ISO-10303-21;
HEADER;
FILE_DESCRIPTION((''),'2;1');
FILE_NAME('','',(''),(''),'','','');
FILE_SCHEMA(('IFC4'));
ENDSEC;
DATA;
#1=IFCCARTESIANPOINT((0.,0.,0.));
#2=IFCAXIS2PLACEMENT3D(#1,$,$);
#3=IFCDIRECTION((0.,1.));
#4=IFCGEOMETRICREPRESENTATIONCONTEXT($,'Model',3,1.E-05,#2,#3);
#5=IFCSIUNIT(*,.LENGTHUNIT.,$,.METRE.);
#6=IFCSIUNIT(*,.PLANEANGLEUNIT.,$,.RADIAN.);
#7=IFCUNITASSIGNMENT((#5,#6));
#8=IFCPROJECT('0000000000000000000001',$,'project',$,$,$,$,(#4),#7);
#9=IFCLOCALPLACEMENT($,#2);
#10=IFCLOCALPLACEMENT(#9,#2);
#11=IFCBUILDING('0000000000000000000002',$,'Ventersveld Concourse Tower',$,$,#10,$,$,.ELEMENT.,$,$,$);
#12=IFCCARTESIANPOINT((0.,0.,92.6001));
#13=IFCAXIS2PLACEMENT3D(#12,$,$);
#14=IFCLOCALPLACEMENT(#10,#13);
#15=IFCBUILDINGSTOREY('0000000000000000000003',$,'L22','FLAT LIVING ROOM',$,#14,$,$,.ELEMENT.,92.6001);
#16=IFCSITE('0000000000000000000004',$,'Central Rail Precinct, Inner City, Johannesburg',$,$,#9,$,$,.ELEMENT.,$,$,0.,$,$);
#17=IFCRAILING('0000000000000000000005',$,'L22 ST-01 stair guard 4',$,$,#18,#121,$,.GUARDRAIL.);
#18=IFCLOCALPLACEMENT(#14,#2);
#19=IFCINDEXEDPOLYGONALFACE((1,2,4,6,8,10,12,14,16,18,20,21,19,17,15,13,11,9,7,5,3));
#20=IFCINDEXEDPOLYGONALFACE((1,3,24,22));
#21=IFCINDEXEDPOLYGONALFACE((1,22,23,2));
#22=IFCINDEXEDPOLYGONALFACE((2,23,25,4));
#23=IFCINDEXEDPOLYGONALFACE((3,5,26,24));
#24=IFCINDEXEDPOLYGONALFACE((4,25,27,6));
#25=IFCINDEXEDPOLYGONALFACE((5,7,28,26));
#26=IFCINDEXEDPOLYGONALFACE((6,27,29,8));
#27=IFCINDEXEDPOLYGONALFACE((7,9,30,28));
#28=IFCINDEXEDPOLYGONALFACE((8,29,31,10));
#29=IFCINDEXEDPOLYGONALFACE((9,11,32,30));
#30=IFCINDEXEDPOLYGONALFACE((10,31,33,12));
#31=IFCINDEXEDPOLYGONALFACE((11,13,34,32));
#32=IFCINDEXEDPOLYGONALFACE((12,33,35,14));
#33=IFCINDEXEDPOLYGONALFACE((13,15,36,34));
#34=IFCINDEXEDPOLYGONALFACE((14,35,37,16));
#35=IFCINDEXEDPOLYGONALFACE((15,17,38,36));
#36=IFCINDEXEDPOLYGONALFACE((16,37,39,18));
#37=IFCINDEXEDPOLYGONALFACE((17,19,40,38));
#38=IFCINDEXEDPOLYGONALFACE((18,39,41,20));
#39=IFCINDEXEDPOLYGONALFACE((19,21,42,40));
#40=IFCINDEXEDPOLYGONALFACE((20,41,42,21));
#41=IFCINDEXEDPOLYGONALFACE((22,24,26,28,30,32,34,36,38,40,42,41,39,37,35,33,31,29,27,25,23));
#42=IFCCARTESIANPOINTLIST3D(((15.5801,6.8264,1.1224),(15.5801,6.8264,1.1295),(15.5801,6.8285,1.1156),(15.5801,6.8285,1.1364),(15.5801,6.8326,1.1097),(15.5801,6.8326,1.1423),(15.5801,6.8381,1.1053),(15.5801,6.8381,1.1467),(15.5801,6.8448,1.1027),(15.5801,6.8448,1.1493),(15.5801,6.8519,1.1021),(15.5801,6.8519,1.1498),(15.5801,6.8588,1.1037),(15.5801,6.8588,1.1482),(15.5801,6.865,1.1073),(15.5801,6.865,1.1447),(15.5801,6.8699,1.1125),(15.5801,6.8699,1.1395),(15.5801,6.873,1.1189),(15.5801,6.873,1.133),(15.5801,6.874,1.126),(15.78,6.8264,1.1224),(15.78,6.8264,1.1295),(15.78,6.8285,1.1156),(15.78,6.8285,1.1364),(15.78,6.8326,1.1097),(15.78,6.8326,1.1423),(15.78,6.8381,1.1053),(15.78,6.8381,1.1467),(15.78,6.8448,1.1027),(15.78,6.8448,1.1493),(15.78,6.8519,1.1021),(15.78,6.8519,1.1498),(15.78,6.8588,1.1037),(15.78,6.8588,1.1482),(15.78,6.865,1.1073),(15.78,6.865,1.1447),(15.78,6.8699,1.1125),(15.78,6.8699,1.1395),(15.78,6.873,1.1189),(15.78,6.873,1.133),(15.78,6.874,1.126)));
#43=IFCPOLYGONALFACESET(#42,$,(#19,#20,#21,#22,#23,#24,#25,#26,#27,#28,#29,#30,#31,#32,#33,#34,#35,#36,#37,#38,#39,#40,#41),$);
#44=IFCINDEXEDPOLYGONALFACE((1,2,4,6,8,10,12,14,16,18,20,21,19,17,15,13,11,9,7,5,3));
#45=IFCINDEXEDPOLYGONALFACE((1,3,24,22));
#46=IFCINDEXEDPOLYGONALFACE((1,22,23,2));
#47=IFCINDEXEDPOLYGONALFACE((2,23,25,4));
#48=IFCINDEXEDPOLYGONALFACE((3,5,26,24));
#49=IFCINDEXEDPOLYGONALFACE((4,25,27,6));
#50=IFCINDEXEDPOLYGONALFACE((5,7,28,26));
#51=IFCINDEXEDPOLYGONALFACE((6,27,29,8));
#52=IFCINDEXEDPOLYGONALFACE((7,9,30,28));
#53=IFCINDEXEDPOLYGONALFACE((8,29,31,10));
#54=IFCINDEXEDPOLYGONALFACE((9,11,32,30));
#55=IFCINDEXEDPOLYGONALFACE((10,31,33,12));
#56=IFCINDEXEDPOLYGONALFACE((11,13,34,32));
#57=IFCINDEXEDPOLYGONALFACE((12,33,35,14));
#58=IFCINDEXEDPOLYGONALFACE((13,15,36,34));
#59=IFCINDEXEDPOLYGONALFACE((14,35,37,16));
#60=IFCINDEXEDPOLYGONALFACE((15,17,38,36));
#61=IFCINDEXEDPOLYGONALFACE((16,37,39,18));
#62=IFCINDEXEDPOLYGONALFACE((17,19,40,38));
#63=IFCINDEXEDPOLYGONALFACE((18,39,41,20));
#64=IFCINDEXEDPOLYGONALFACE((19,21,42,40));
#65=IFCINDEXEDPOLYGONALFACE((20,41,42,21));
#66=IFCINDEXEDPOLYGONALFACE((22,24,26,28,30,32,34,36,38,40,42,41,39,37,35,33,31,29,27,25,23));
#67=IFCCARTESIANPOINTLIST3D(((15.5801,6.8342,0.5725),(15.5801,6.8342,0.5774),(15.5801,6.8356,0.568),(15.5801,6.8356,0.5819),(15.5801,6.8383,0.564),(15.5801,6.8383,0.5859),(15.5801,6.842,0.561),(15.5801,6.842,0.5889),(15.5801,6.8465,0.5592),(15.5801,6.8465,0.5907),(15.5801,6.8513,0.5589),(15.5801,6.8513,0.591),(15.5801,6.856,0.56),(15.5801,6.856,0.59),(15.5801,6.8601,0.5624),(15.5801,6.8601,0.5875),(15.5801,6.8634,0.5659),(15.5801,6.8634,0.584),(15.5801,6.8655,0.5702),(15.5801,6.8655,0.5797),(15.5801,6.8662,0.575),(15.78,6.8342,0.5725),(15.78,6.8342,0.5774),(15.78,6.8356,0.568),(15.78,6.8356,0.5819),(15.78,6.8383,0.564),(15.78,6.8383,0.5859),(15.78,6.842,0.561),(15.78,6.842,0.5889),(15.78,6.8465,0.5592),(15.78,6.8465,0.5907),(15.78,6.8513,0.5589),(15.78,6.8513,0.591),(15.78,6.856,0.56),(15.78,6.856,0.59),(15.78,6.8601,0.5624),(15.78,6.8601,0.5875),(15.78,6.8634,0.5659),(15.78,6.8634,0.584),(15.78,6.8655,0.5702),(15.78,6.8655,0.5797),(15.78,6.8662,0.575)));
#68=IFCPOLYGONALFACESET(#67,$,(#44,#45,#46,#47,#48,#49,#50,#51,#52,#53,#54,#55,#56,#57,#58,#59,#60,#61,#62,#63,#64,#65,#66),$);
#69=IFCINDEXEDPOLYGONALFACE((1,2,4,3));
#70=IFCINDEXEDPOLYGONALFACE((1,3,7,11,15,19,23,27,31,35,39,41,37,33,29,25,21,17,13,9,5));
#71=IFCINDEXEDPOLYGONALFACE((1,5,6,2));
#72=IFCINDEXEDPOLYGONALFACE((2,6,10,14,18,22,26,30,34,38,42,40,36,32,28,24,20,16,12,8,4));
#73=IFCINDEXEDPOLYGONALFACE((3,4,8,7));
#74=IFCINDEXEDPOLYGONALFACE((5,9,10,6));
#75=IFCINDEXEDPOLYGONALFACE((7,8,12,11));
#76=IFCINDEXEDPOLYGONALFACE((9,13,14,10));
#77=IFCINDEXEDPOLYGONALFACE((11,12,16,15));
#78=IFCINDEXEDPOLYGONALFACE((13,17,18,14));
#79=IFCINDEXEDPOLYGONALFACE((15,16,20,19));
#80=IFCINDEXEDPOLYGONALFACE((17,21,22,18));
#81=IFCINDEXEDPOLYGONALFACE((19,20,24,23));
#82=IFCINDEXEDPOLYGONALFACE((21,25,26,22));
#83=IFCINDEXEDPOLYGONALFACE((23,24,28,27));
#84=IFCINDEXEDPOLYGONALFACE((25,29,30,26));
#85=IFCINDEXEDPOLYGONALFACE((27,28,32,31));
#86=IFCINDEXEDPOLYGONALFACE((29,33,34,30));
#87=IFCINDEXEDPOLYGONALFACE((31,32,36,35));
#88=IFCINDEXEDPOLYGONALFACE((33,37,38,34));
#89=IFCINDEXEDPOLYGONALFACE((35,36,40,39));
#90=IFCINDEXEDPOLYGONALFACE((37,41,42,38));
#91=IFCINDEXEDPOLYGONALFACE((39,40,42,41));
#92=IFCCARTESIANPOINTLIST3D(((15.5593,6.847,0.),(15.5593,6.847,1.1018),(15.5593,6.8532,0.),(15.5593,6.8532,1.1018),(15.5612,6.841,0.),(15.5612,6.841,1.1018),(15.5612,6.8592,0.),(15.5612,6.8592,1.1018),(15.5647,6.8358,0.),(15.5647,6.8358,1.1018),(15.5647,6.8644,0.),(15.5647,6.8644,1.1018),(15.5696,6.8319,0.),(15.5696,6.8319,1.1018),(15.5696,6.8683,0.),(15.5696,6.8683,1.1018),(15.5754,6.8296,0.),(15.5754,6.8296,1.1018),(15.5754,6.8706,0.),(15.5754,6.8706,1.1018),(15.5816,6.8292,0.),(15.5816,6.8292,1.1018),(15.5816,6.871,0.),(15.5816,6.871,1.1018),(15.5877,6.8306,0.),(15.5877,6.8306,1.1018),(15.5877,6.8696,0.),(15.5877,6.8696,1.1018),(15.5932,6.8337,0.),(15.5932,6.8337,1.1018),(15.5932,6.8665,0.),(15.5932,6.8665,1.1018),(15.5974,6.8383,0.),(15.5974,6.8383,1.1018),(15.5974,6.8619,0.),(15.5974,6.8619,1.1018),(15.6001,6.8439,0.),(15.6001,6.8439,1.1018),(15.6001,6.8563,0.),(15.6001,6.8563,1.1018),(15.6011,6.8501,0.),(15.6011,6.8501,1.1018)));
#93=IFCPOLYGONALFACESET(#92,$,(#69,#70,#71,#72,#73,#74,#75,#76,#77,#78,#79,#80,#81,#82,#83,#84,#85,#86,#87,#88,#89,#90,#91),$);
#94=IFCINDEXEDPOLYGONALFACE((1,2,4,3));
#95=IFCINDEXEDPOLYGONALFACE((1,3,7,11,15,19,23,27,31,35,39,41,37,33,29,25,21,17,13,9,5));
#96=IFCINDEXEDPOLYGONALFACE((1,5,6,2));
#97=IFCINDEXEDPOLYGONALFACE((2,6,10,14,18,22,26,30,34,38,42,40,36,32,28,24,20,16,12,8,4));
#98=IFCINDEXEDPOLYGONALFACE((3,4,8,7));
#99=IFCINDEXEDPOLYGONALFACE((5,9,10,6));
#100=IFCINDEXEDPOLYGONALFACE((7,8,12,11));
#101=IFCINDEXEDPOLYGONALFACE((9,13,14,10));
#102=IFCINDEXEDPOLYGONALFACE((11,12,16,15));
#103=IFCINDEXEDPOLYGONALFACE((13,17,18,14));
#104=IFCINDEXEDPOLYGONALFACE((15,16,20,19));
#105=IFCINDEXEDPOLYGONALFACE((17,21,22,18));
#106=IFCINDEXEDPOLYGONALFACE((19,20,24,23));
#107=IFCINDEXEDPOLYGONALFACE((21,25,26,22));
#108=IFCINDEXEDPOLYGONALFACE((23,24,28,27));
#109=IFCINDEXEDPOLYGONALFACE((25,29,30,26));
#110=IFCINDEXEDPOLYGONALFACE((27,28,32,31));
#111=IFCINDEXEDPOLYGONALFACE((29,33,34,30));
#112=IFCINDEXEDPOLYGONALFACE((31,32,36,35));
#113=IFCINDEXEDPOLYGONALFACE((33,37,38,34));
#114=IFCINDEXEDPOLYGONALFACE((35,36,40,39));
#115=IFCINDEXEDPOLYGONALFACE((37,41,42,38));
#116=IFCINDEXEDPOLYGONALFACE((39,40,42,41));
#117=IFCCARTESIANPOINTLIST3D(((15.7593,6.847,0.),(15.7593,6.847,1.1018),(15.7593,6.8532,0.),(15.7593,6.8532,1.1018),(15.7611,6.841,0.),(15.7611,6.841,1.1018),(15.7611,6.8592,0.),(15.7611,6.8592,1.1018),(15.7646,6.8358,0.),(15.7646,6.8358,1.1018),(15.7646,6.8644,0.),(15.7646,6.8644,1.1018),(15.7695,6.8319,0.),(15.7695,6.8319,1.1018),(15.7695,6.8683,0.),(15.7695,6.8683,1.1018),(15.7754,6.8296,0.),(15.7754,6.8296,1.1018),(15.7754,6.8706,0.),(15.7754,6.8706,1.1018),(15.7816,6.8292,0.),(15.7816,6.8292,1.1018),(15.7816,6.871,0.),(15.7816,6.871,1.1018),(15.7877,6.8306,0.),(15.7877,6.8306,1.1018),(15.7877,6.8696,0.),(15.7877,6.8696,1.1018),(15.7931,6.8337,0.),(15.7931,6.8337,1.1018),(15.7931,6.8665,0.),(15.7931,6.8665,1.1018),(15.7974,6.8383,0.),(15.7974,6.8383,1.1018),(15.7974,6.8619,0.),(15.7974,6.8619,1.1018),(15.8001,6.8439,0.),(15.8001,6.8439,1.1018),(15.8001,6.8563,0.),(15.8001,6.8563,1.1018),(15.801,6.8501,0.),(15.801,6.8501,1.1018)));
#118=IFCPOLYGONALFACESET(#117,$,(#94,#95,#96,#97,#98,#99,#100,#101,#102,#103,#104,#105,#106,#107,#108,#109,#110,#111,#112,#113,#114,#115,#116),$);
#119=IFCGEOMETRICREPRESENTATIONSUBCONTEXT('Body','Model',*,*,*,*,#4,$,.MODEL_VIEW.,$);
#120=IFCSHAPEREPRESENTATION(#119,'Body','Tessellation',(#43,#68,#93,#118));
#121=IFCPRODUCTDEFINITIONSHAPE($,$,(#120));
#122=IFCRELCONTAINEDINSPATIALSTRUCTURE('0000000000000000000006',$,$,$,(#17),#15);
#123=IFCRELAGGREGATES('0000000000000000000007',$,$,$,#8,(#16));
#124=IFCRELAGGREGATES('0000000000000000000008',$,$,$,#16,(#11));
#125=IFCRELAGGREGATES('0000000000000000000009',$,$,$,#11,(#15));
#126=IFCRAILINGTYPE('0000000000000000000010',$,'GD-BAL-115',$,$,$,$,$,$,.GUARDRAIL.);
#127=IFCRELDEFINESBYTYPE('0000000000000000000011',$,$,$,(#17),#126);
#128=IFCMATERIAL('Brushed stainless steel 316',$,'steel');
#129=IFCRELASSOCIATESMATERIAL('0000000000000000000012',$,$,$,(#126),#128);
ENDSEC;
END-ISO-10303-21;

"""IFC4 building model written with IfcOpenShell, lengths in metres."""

from ifc_helpers import new_model, si_unit, direction, frame, origin, origin_2d, place, context, subcontext, project, spatial, circle, extrude, material, type_object, element, save


model = new_model("IFC4")

# Units and contexts
model_context = context("Model", 3, precision=1e-05, world=origin(), true_north=direction((0.0, 1.0)))
body_context = subcontext(model_context, "Body", "Model", "MODEL_VIEW")
ifc_project = project(units=[si_unit("LENGTHUNIT", "METRE"), si_unit("PLANEANGLEUNIT", "RADIAN")], contexts=[model_context])

# Site, building, storey
site_placement = place(None, origin())
site = spatial("IfcSite", under=ifc_project, at=site_placement, Name="Central Rail Precinct, Inner City, Johannesburg", CompositionType="ELEMENT", RefElevation=0.0)
building_placement = place(site_placement, origin())
building = spatial("IfcBuilding", under=site, at=building_placement, Name="Ventersveld Concourse Tower", CompositionType="ELEMENT")
storey_placement = place(building_placement, frame((0.0, 0.0, 92.6001)))
storey = spatial("IfcBuildingStorey", under=building, at=storey_placement, Name="L22", Description="FLAT LIVING ROOM", CompositionType="ELEMENT", Elevation=92.6001)

# Shared definitions
ifc_material_1 = material(Name="Brushed stainless steel 316", Category="steel")

# Railing
railing_type = type_object("IfcRailingType", Name="GD-BAL-115", PredefinedType="GUARDRAIL", material=ifc_material_1)
railing_1_placement = place(storey_placement, frame((15.5801, 6.8501, 0.0)))
element("IfcRailing", 1, at=railing_1_placement, inside=storey, type_object=railing_type, Name="L22 ST-01 stair guard 4", PredefinedType="GUARDRAIL", context=body_context, shape_type="SweptSolid", body=[
    extrude(circle(Radius=0.0239, at=origin_2d()), frame((0.0, 0.0, 1.126), z_axis=(1.0, 0.0, 0.0), x_axis=(0.0, 1.0, 0.0)), (0.0, 0.0, 1.0), 0.2),
    extrude(circle(Radius=0.0161, at=origin_2d()), frame((0.0, 0.0, 0.575), z_axis=(1.0, 0.0, 0.0), x_axis=(0.0, 1.0, 0.0)), (0.0, 0.0, 1.0), 0.2),
    extrude(circle(Radius=0.021, at=origin_2d()), origin(), (0.0, 0.0, 1.0), 1.1018),
    extrude(circle(Radius=0.021, at=origin_2d()), frame((0.2, 0.0, 0.0)), (0.0, 0.0, 1.0), 1.1018),
])

save(model, "model.ifc")
